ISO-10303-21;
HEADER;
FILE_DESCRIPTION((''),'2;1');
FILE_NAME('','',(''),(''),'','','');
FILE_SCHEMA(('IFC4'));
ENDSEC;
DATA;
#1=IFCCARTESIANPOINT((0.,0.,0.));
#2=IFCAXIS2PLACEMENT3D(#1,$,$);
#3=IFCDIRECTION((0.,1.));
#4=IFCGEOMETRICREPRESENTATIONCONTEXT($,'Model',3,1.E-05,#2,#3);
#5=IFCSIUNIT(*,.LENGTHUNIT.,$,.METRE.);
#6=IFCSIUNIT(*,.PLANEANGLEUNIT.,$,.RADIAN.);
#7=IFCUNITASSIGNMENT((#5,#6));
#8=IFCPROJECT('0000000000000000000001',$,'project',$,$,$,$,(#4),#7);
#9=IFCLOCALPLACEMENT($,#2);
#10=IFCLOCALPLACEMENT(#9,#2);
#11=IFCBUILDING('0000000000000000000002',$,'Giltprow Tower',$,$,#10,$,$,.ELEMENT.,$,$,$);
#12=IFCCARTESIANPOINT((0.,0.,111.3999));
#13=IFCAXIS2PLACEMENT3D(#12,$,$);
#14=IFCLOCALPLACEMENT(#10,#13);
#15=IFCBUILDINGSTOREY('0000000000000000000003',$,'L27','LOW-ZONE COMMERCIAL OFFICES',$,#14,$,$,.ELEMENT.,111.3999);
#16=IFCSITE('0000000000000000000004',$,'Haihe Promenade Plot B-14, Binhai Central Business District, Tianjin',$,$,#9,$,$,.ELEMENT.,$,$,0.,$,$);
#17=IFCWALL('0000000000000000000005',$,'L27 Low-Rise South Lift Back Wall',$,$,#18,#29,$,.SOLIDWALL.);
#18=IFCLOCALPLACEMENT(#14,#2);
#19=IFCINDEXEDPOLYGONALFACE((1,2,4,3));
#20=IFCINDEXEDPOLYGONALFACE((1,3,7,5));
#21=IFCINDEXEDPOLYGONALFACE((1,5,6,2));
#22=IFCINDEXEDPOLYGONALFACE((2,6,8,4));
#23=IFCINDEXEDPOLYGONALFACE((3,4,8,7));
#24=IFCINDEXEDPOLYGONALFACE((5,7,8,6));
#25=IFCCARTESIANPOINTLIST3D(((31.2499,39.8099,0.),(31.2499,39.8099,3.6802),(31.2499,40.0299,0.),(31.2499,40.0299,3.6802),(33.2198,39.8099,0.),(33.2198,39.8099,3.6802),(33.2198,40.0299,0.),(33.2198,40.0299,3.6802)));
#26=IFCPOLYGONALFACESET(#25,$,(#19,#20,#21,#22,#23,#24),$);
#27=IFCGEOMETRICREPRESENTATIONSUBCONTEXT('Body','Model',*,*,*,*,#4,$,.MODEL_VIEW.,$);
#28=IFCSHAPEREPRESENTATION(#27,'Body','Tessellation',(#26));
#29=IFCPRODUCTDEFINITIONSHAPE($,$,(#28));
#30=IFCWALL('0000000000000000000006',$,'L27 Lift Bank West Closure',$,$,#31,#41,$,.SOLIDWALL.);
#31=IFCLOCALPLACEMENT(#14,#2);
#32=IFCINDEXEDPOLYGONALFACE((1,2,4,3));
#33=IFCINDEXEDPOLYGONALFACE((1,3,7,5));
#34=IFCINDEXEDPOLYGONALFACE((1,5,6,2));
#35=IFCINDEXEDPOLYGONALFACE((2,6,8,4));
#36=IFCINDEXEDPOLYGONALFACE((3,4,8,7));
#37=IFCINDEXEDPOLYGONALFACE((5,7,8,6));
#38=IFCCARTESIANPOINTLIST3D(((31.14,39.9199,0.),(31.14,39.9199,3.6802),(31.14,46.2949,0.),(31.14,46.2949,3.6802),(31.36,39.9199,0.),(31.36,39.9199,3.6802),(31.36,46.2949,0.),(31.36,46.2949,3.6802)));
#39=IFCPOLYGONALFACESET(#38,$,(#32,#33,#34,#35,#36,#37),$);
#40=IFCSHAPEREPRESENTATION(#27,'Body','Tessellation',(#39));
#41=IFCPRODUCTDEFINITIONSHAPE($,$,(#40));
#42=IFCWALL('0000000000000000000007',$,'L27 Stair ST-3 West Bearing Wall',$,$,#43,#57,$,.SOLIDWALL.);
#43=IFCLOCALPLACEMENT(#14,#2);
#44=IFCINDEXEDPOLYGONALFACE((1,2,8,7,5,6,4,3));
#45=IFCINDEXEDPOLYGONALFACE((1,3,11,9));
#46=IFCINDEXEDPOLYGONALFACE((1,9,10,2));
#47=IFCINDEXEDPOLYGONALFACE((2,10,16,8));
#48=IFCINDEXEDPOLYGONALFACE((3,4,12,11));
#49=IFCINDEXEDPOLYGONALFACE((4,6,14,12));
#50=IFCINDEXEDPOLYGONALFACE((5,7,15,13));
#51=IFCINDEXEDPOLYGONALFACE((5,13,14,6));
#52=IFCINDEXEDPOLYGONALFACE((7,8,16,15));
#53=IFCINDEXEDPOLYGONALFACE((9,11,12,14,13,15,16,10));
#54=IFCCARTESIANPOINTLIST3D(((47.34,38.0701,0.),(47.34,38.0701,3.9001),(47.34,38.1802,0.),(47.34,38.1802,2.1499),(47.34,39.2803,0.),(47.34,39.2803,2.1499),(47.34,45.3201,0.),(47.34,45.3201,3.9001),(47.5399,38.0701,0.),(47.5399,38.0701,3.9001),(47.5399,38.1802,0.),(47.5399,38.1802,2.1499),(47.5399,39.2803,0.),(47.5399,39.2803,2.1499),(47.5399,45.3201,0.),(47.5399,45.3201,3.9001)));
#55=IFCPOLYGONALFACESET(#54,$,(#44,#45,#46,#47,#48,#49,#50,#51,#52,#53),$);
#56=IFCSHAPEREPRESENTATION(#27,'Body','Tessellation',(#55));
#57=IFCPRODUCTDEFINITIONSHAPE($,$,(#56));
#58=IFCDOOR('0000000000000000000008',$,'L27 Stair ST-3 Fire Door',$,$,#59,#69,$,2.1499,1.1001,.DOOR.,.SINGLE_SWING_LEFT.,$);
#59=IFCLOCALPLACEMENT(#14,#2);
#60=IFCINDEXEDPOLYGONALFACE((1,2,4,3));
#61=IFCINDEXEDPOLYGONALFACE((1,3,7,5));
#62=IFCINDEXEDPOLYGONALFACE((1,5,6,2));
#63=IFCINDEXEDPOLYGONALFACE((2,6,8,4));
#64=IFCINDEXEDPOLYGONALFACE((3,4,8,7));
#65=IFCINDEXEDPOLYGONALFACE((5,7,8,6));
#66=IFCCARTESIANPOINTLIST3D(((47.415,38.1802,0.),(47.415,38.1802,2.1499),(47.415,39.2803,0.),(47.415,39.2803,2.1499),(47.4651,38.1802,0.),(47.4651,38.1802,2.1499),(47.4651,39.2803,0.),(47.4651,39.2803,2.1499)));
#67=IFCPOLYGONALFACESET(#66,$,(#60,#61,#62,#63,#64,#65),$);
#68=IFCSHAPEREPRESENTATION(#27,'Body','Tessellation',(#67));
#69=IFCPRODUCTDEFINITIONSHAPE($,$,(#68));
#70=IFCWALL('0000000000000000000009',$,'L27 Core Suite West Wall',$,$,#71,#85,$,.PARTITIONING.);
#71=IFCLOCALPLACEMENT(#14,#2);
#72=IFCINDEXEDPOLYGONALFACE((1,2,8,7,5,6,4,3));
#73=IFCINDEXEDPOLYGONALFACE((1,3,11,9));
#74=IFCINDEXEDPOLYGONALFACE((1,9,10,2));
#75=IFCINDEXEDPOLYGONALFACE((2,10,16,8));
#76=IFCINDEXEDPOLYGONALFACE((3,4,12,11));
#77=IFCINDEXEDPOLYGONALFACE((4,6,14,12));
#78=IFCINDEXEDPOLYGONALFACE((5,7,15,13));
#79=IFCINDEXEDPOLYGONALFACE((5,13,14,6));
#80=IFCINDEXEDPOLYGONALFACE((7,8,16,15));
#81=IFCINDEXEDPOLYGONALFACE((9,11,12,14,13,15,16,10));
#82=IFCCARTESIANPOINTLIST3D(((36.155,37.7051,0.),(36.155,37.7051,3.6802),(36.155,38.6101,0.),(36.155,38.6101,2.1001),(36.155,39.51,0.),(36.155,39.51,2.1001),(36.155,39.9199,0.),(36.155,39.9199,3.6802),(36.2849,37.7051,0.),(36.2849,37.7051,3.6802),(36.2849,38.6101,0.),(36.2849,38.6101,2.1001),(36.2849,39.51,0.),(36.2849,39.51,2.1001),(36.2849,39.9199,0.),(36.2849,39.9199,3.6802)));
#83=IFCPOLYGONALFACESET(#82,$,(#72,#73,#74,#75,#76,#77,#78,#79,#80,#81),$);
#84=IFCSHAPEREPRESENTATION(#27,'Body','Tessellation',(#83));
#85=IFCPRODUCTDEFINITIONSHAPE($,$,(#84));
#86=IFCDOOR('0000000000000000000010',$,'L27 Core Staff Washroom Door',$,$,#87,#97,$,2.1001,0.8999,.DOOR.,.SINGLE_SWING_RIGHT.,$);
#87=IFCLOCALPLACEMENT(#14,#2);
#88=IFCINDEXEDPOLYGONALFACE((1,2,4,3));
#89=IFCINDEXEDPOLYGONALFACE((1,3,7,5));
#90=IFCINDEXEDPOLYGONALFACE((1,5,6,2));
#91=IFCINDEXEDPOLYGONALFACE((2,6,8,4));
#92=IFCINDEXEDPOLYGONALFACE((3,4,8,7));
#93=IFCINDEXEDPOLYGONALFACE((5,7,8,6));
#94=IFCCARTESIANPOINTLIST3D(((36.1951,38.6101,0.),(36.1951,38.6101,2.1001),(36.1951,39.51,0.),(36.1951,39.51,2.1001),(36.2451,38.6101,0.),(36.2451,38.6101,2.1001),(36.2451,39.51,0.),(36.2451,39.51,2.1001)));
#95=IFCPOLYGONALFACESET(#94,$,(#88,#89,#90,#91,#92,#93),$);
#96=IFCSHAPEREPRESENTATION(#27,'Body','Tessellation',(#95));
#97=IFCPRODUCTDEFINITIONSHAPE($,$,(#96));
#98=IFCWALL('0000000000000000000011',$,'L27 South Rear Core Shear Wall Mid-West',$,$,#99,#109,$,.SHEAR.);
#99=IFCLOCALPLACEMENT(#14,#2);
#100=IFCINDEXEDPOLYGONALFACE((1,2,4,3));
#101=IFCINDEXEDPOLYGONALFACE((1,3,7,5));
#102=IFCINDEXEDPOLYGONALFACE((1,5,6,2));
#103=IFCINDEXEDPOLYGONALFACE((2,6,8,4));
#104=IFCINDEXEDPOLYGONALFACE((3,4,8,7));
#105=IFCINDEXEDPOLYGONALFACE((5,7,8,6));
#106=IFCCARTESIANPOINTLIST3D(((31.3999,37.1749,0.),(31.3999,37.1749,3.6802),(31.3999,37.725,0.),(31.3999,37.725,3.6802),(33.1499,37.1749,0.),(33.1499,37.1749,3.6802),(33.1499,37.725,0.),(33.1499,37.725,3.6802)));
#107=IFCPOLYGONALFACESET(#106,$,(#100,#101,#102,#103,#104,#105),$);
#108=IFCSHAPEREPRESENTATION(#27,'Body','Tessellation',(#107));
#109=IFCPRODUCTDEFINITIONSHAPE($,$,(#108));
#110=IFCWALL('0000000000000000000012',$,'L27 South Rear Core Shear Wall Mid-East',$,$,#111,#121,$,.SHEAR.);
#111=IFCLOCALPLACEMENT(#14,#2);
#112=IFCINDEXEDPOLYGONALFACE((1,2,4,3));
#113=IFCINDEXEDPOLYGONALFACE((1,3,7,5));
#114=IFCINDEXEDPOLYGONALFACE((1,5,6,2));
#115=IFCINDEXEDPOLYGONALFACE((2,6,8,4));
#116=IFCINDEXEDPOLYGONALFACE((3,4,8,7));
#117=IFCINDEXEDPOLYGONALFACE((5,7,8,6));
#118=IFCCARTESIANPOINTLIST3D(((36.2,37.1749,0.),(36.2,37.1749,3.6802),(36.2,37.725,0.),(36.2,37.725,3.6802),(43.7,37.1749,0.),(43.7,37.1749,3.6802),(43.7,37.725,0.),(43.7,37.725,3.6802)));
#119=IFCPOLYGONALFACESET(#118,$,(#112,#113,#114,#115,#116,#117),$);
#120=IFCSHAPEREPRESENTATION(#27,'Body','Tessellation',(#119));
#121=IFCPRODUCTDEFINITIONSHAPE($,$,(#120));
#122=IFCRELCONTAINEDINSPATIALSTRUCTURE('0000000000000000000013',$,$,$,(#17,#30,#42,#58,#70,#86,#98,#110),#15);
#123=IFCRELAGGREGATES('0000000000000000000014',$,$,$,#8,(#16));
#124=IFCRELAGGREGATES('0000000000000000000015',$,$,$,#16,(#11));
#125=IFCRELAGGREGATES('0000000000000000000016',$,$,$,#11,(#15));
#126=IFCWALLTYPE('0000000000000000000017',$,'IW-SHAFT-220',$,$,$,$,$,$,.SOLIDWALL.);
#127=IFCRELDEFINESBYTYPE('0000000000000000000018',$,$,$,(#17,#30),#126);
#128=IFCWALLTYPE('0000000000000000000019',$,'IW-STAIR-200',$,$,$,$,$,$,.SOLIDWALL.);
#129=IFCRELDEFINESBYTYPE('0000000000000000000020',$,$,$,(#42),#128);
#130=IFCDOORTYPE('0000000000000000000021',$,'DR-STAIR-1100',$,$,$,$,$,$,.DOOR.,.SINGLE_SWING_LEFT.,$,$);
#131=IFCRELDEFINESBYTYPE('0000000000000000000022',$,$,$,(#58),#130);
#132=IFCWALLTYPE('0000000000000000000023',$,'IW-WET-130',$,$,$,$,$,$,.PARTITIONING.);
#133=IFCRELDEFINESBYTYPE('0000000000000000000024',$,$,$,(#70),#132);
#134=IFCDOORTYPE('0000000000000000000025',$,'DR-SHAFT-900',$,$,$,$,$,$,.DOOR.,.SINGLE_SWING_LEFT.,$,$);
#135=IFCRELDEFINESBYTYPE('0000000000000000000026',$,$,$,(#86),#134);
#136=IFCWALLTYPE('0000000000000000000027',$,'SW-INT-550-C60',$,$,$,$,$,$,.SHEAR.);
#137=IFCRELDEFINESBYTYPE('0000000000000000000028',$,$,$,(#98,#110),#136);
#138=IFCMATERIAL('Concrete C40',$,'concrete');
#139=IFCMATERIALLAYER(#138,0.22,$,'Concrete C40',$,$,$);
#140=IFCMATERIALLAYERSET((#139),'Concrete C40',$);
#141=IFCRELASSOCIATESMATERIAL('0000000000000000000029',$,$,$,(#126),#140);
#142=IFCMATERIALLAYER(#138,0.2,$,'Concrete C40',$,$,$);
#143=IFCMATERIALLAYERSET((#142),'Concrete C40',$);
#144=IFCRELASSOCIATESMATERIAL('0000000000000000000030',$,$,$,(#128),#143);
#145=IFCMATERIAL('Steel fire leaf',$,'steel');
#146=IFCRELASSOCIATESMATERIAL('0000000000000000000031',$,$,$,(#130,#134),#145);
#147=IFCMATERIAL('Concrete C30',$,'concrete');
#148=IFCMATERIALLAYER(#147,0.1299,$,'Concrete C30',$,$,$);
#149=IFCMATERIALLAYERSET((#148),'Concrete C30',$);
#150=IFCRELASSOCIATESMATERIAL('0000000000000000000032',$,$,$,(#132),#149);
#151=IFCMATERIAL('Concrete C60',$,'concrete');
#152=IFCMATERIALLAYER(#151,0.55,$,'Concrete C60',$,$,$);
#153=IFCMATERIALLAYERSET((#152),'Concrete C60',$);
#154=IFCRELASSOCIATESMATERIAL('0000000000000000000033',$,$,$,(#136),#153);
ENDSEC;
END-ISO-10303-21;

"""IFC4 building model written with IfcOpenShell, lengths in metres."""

from ifc_helpers import new_model, si_unit, direction, frame, frame_2d, origin, place, context, subcontext, project, spatial, rectangle, extrude, source, transform, mapped, material, layer, layer_set, type_object, element, fill, save


model = new_model("IFC4")

# Units and contexts
model_context = context("Model", 3, precision=1e-05, world=origin(), true_north=direction((0.0, 1.0)))
body_context = subcontext(model_context, "Body", "Model", "MODEL_VIEW")
ifc_project = project(units=[si_unit("LENGTHUNIT", "METRE"), si_unit("PLANEANGLEUNIT", "RADIAN")], contexts=[model_context])

# Site, building, storey
site_placement = place(None, origin())
site = spatial("IfcSite", under=ifc_project, at=site_placement, Name="Haihe Promenade Plot B-14, Binhai Central Business District, Tianjin", CompositionType="ELEMENT", RefElevation=0.0)
building_placement = place(site_placement, origin())
building = spatial("IfcBuilding", under=site, at=building_placement, Name="Giltprow Tower", CompositionType="ELEMENT")
storey_placement = place(building_placement, frame((0.0, 0.0, 111.3999)))
storey = spatial("IfcBuildingStorey", under=building, at=storey_placement, Name="L27", Description="LOW-ZONE COMMERCIAL OFFICES", CompositionType="ELEMENT", Elevation=111.3999)

# Shared definitions
ifc_material_1 = material(Name="Concrete C60", Category="concrete")

# Walls
ifc_material_2 = material(Name="Concrete C40", Category="concrete")
ifc_layer_1 = layer(ifc_material_2, 0.22, Name="Concrete C40")
ifc_layer_set_1 = layer_set([ifc_layer_1], Name="Concrete C40")
wall_type_1 = type_object("IfcWallType", Name="IW-SHAFT-220", PredefinedType="SOLIDWALL", material=ifc_layer_set_1)
wall_1_placement = place(storey_placement, frame((31.25, 39.9199, 0.0), z_axis=(0.0, 0.0, 1.0), x_axis=(1.0, 0.0, 0.0)))
element("IfcWall", 1, at=wall_1_placement, inside=storey, type_object=wall_type_1, Name="L27 Low-Rise South Lift Back Wall", PredefinedType="SOLIDWALL", context=body_context, shape_type="SweptSolid", body=[
    extrude(rectangle(XDim=1.97, YDim=0.22, at=frame_2d((0.9849, 0.0))), origin(), (0.0, 0.0, 1.0), 3.6802),
])
wall_2_placement = place(storey_placement, frame((31.25, 39.9199, 0.0), z_axis=(0.0, 0.0, 1.0), x_axis=(0.0, 1.0, 0.0)))
element("IfcWall", 2, at=wall_2_placement, inside=storey, type_object=wall_type_1, Name="L27 Lift Bank West Closure", PredefinedType="SOLIDWALL", context=body_context, shape_type="SweptSolid", body=[
    extrude(rectangle(XDim=6.375, YDim=0.22, at=frame_2d((3.1875, 0.0))), origin(), (0.0, 0.0, 1.0), 3.6802),
])

# Walls, openings, doors
ifc_layer_2 = layer(ifc_material_2, 0.2, Name="Concrete C40")
ifc_layer_set_2 = layer_set([ifc_layer_2], Name="Concrete C40")
wall_type_2 = type_object("IfcWallType", Name="IW-STAIR-200", PredefinedType="SOLIDWALL", material=ifc_layer_set_2)
wall_3_placement = place(storey_placement, frame((47.4399, 38.0701, 0.0), z_axis=(0.0, 0.0, 1.0), x_axis=(0.0, 1.0, 0.0)))
wall_3 = element("IfcWall", 3, at=wall_3_placement, inside=storey, type_object=wall_type_2, Name="L27 Stair ST-3 West Bearing Wall", PredefinedType="SOLIDWALL", context=body_context, shape_type="SweptSolid", body=[
    extrude(rectangle(XDim=7.25, YDim=0.2, at=frame_2d((3.625, 0.0))), origin(), (0.0, 0.0, 1.0), 3.9001),
])
opening_1_placement = place(wall_3_placement, frame((0.1101, 0.0, 0.0)))
opening_1 = element("IfcOpeningElement", 4, at=opening_1_placement, cuts=wall_3, PredefinedType="OPENING", context=body_context, shape_type="SweptSolid", body=[
    extrude(rectangle(XDim=1.1001, YDim=2.1499, at=frame_2d((0.55, 1.075))), frame((0.0, 0.1099, 0.0), z_axis=(0.0, -1.0, 0.0), x_axis=(1.0, 0.0, 0.0)), (0.0, 0.0, 1.0), 0.22),
])
ifc_material_3 = material(Name="Steel fire leaf", Category="steel")
door_type_1 = type_object("IfcDoorType", Name="DR-STAIR-1100", OperationType="SINGLE_SWING_LEFT", PredefinedType="DOOR", material=ifc_material_3)
shared_shape_1 = source(origin(), body_context, "Body", "SweptSolid", [
    extrude(rectangle(XDim=1.1001, YDim=2.1499, at=frame_2d((0.55, 1.075))), frame((0.0, 0.0249, 0.0), z_axis=(0.0, -1.0, 0.0), x_axis=(1.0, 0.0, 0.0)), (0.0, 0.0, 1.0), 0.05),
])
door_1_placement = place(opening_1_placement, origin())
door_1 = element("IfcDoor", 5, at=door_1_placement, inside=storey, type_object=door_type_1, Name="L27 Stair ST-3 Fire Door", OperationType="SINGLE_SWING_LEFT", OverallHeight=2.1499, OverallWidth=1.1001, PredefinedType="DOOR", context=body_context, shape_type="MappedRepresentation", body=[
    mapped(shared_shape_1, transform((0.0, 0.0, 0.0), x_axis=(1.0, 0.0, 0.0), y_axis=(0.0, 1.0, 0.0), z_axis=(0.0, 0.0, 1.0), scale=1.0)),
])
fill(opening_1, door_1)
ifc_material_4 = material(Name="Concrete C30", Category="concrete")
ifc_layer_3 = layer(ifc_material_4, 0.1299, Name="Concrete C30")
ifc_layer_set_3 = layer_set([ifc_layer_3], Name="Concrete C30")
wall_type_3 = type_object("IfcWallType", Name="IW-WET-130", PredefinedType="PARTITIONING", material=ifc_layer_set_3)
wall_4_placement = place(storey_placement, frame((36.22, 37.7051, 0.0), z_axis=(0.0, 0.0, 1.0), x_axis=(0.0, 1.0, 0.0)))
wall_4 = element("IfcWall", 6, at=wall_4_placement, inside=storey, type_object=wall_type_3, Name="L27 Core Suite West Wall", PredefinedType="PARTITIONING", context=body_context, shape_type="SweptSolid", body=[
    extrude(rectangle(XDim=2.2148, YDim=0.1299, at=frame_2d((1.1074, 0.0))), origin(), (0.0, 0.0, 1.0), 3.6802),
])
opening_2_placement = place(wall_4_placement, frame((0.905, 0.0, 0.0)))
opening_2 = element("IfcOpeningElement", 7, at=opening_2_placement, cuts=wall_4, PredefinedType="OPENING", context=body_context, shape_type="SweptSolid", body=[
    extrude(rectangle(XDim=0.8999, YDim=2.1001, at=frame_2d((0.45, 1.05))), frame((0.0, 0.075, 0.0), z_axis=(0.0, -1.0, 0.0), x_axis=(1.0, 0.0, 0.0)), (0.0, 0.0, 1.0), 0.1499),
])
door_type_2 = type_object("IfcDoorType", Name="DR-SHAFT-900", OperationType="SINGLE_SWING_LEFT", PredefinedType="DOOR", material=ifc_material_3)
shared_shape_2 = source(origin(), body_context, "Body", "SweptSolid", [
    extrude(rectangle(XDim=0.8999, YDim=2.1001, at=frame_2d((0.45, 1.05))), frame((0.0, 0.0249, 0.0), z_axis=(0.0, -1.0, 0.0), x_axis=(1.0, 0.0, 0.0)), (0.0, 0.0, 1.0), 0.05),
])
door_2_placement = place(opening_2_placement, origin())
door_2 = element("IfcDoor", 8, at=door_2_placement, inside=storey, type_object=door_type_2, Name="L27 Core Staff Washroom Door", OperationType="SINGLE_SWING_RIGHT", OverallHeight=2.1001, OverallWidth=0.8999, PredefinedType="DOOR", context=body_context, shape_type="MappedRepresentation", body=[
    mapped(shared_shape_2, transform((0.0, 0.0, 0.0), x_axis=(1.0, 0.0, 0.0), y_axis=(0.0, 1.0, 0.0), z_axis=(0.0, 0.0, 1.0), scale=1.0)),
])
fill(opening_2, door_2)

# Walls
ifc_layer_4 = layer(ifc_material_1, 0.55, Name="Concrete C60")
ifc_layer_set_4 = layer_set([ifc_layer_4], Name="Concrete C60")
wall_type_4 = type_object("IfcWallType", Name="SW-INT-550-C60", PredefinedType="SHEAR", material=ifc_layer_set_4)
wall_5_placement = place(storey_placement, frame((31.3999, 37.45, 0.0), z_axis=(0.0, 0.0, 1.0), x_axis=(1.0, 0.0, 0.0)))
element("IfcWall", 9, at=wall_5_placement, inside=storey, type_object=wall_type_4, Name="L27 South Rear Core Shear Wall Mid-West", PredefinedType="SHEAR", context=body_context, shape_type="SweptSolid", body=[
    extrude(rectangle(XDim=1.75, YDim=0.55, at=frame_2d((0.875, 0.0))), origin(), (0.0, 0.0, 1.0), 3.6802),
])
wall_6_placement = place(storey_placement, frame((36.2, 37.45, 0.0), z_axis=(0.0, 0.0, 1.0), x_axis=(1.0, 0.0, 0.0)))
element("IfcWall", 10, at=wall_6_placement, inside=storey, type_object=wall_type_4, Name="L27 South Rear Core Shear Wall Mid-East", PredefinedType="SHEAR", context=body_context, shape_type="SweptSolid", body=[
    extrude(rectangle(XDim=7.5, YDim=0.55, at=frame_2d((3.75, 0.0))), origin(), (0.0, 0.0, 1.0), 3.6802),
])

save(model, "model.ifc")
